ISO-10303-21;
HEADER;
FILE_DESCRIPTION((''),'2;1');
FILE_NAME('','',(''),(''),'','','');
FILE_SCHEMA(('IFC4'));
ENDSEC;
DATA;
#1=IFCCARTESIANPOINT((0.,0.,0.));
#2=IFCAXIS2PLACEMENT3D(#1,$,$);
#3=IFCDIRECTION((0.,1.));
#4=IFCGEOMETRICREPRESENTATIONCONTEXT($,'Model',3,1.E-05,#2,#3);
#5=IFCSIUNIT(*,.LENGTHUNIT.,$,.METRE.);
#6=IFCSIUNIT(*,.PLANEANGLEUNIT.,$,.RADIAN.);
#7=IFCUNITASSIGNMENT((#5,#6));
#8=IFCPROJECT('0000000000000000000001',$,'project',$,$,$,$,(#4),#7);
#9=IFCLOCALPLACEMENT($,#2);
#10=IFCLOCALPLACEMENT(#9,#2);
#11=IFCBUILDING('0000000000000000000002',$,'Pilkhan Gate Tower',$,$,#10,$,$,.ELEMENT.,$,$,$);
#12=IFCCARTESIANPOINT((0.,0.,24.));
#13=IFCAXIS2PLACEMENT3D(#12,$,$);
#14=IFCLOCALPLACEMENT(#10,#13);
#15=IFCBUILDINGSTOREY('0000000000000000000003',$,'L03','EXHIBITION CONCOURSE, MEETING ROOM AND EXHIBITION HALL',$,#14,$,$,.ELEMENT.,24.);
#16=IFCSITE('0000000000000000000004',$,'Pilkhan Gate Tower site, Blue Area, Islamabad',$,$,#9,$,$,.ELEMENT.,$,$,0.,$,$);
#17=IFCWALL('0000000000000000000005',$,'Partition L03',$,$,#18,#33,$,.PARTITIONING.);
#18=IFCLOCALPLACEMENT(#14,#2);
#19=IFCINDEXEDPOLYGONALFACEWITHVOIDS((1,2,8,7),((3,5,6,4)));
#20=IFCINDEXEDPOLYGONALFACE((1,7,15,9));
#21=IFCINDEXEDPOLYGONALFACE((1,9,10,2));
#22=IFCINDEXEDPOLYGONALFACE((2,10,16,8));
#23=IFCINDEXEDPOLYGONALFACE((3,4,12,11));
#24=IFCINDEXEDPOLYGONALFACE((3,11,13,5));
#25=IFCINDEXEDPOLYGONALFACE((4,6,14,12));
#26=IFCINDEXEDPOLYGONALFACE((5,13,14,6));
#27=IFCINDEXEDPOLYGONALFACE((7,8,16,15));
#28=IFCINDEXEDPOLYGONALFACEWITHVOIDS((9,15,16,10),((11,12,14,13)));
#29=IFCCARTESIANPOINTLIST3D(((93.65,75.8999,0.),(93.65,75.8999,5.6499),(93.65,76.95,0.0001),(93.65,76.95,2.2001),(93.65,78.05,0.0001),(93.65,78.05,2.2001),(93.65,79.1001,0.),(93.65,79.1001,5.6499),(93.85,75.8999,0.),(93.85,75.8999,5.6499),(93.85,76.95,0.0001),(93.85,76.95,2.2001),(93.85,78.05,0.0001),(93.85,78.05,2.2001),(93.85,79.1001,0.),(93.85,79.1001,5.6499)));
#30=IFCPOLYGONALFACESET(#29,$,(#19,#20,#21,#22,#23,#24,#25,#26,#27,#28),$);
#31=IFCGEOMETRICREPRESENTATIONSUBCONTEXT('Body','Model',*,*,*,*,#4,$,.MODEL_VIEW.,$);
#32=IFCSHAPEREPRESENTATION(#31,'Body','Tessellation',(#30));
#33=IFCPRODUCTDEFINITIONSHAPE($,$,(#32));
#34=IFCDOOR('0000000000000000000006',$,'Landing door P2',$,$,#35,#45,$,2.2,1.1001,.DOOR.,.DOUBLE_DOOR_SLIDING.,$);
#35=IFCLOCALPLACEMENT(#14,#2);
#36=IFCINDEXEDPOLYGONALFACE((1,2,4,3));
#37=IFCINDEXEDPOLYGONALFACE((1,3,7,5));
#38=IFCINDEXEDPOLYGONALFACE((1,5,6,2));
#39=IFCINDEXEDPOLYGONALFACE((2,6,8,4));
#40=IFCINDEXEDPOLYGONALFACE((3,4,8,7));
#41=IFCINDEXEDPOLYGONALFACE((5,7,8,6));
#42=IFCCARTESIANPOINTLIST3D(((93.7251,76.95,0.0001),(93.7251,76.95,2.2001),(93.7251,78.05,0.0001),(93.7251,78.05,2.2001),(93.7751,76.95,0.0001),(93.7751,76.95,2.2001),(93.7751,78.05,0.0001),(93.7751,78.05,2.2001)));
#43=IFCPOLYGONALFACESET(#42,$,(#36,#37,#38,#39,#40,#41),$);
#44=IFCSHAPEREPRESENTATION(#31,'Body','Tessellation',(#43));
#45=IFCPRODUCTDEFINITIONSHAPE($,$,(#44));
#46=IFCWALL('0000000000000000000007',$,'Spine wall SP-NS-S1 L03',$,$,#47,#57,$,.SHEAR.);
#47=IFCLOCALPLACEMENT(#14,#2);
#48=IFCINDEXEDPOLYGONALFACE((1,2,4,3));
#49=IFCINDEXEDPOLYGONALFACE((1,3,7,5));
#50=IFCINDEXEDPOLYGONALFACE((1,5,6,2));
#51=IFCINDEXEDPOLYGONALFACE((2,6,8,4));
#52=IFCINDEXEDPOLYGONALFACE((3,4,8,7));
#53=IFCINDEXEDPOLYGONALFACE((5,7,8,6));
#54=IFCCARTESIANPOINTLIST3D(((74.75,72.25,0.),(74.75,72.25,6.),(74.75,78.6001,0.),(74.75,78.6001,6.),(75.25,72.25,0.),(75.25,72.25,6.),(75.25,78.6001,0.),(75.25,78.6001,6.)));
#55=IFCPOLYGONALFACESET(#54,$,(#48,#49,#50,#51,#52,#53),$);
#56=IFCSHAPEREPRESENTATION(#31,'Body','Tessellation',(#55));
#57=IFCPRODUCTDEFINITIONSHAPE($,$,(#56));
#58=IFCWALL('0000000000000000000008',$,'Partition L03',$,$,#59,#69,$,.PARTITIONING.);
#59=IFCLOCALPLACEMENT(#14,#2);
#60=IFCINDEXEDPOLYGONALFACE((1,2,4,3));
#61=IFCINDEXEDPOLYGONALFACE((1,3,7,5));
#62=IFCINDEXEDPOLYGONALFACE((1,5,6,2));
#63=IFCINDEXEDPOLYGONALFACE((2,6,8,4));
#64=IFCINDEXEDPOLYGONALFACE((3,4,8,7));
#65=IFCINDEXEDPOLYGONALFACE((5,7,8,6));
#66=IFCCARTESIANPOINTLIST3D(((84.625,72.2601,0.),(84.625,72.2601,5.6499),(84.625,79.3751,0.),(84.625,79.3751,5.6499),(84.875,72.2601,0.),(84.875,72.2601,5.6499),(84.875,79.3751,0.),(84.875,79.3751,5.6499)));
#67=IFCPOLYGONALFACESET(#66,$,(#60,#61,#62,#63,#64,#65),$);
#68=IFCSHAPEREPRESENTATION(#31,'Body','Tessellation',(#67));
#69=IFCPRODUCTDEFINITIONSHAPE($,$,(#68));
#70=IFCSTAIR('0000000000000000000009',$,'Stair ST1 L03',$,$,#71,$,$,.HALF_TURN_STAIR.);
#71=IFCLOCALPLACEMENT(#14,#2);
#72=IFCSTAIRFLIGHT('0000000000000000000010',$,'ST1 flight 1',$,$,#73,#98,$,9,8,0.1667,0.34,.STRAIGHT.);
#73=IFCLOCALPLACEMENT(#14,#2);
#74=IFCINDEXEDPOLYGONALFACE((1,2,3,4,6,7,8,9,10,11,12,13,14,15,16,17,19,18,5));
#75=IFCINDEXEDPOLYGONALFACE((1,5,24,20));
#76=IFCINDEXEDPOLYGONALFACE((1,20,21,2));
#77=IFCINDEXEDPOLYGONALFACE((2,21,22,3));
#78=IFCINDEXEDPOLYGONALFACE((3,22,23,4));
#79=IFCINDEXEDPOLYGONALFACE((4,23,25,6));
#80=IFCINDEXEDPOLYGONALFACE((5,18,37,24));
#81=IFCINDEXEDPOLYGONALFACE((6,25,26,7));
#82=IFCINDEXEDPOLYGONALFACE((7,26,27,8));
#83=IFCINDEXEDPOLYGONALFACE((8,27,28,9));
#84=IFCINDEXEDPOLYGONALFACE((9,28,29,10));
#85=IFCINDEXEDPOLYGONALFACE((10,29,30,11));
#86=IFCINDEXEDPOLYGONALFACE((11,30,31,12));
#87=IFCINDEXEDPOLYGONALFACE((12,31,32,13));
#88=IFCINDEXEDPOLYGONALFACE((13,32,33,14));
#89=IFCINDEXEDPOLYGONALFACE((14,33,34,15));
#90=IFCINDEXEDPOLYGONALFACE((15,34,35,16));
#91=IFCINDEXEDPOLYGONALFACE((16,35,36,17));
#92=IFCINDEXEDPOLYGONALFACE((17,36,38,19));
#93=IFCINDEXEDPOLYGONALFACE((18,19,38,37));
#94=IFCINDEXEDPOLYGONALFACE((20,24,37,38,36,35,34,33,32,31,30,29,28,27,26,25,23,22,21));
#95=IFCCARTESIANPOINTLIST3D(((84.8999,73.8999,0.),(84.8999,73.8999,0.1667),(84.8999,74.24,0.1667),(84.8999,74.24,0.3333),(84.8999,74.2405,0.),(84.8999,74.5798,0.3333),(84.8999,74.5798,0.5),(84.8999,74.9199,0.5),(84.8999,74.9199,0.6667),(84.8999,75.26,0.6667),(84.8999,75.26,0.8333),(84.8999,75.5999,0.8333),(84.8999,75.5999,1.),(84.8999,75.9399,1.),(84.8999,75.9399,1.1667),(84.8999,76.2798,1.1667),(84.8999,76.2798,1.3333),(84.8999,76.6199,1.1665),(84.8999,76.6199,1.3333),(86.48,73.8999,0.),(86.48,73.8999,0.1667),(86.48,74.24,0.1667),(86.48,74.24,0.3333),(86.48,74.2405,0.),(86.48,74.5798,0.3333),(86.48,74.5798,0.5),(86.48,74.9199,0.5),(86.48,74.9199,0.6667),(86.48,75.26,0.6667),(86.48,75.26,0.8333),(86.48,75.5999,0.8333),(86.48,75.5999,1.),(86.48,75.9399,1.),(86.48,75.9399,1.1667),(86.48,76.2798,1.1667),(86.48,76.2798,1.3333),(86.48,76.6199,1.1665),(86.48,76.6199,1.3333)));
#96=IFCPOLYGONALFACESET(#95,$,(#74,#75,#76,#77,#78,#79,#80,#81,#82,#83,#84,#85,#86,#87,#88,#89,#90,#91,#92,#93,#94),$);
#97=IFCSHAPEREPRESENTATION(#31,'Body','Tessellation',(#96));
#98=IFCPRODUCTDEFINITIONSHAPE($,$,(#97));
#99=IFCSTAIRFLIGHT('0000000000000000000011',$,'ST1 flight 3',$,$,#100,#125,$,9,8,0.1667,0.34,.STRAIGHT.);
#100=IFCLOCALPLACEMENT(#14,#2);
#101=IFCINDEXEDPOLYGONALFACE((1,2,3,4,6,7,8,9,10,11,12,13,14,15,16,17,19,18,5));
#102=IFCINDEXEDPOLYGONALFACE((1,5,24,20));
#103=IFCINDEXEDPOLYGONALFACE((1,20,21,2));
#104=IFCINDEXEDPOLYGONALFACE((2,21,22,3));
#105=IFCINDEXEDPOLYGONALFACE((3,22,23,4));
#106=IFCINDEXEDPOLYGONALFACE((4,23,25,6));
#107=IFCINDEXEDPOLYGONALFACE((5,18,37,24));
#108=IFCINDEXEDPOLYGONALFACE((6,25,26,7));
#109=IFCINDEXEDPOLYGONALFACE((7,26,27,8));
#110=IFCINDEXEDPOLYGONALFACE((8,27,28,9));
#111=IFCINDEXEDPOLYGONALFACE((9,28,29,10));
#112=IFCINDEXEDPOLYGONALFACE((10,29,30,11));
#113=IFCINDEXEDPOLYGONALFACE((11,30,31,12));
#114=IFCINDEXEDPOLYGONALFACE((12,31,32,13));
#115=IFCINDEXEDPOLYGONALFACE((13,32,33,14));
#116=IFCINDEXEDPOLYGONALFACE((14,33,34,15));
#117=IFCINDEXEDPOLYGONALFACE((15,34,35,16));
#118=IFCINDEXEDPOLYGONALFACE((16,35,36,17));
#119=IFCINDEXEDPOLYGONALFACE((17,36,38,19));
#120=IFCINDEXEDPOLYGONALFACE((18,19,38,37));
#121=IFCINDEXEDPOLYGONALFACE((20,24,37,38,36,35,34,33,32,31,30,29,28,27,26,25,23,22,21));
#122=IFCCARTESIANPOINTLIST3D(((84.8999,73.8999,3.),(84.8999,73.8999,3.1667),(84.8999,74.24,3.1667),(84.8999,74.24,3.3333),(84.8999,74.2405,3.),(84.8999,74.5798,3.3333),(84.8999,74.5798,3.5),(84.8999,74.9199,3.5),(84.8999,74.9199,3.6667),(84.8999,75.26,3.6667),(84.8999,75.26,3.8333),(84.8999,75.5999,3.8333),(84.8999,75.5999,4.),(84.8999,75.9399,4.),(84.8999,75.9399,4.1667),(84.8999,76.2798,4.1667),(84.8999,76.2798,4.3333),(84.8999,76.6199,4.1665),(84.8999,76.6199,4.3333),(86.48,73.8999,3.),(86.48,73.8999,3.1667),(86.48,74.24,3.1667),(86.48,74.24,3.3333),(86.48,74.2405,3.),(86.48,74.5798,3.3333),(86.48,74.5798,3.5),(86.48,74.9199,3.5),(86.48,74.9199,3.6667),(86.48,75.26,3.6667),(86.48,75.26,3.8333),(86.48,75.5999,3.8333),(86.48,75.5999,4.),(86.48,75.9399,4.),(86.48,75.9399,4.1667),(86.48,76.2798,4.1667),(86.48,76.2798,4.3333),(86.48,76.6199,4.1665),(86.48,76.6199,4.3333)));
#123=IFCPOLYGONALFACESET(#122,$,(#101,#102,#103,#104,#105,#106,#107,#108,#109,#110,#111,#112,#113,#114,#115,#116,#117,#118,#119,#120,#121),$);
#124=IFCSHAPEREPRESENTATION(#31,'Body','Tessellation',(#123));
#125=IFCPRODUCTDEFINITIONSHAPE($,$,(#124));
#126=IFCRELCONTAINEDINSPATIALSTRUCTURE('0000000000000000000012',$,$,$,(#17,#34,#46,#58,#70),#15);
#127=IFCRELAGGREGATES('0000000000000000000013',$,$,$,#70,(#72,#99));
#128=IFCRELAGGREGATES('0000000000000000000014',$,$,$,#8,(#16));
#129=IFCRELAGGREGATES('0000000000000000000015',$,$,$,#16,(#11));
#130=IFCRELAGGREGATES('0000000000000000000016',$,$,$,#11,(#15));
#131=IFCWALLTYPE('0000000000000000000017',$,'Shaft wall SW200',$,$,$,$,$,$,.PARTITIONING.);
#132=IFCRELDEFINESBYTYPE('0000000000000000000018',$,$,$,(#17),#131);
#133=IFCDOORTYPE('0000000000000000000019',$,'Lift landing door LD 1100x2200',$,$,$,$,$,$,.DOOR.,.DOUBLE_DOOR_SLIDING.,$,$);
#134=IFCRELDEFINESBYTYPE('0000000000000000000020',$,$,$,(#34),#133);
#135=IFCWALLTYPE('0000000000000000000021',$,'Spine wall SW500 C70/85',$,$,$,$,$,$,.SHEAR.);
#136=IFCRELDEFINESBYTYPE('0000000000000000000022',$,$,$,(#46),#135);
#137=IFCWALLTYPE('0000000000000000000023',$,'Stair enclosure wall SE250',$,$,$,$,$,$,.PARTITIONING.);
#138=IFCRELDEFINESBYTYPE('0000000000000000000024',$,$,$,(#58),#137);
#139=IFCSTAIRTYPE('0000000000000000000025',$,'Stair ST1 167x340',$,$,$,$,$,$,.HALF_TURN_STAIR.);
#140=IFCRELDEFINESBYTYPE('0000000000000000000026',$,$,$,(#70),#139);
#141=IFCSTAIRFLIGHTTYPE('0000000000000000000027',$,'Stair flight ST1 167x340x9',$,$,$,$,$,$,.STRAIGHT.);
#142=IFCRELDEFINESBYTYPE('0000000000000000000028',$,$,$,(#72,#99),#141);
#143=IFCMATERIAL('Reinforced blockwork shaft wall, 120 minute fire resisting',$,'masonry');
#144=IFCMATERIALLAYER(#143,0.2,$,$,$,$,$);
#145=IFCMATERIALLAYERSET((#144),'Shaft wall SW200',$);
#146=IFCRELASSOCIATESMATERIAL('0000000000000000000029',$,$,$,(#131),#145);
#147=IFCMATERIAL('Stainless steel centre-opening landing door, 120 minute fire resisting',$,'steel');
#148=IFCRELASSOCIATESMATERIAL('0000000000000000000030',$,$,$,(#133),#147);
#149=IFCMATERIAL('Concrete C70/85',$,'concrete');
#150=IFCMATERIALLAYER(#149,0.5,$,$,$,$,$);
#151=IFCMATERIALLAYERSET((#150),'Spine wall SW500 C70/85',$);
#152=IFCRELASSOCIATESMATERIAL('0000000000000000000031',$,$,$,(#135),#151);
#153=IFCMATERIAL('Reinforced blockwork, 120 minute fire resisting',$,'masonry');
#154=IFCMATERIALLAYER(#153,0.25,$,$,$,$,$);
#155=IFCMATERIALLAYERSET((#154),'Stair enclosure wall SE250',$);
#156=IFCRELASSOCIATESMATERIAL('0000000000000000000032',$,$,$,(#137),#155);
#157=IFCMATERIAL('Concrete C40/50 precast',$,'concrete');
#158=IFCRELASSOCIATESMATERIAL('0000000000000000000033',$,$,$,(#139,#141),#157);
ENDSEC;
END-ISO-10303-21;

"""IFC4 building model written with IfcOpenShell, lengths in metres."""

from ifc_helpers import new_model, si_unit, direction, frame, frame_2d, origin, place, context, subcontext, project, spatial, polyline, rectangle, outline, extrude, material, layer, layer_set, type_object, element, fill, aggregate, save


model = new_model("IFC4")

# Units and contexts
model_context = context("Model", 3, precision=1e-05, world=origin(), true_north=direction((0.0, 1.0)))
body_context = subcontext(model_context, "Body", "Model", "MODEL_VIEW")
ifc_project = project(units=[si_unit("LENGTHUNIT", "METRE"), si_unit("PLANEANGLEUNIT", "RADIAN")], contexts=[model_context])

# Site, building, storey
site_placement = place(None, origin())
site = spatial("IfcSite", under=ifc_project, at=site_placement, Name="Pilkhan Gate Tower site, Blue Area, Islamabad", CompositionType="ELEMENT", RefElevation=0.0)
building_placement = place(site_placement, origin())
building = spatial("IfcBuilding", under=site, at=building_placement, Name="Pilkhan Gate Tower", CompositionType="ELEMENT")
storey_placement = place(building_placement, frame((0.0, 0.0, 24.0)))
storey = spatial("IfcBuildingStorey", under=building, at=storey_placement, Name="L03", Description="EXHIBITION CONCOURSE, MEETING ROOM AND EXHIBITION HALL", CompositionType="ELEMENT", Elevation=24.0)

# Shared definitions
ifc_material_1 = material(Name="Concrete C70/85", Category="concrete")

# Shared definitions
ifc_material_2 = material(Name="Reinforced blockwork shaft wall, 120 minute fire resisting", Category="masonry")
ifc_layer_1 = layer(ifc_material_2, 0.2)
ifc_layer_set_1 = layer_set([ifc_layer_1], Name="Shaft wall SW200")
wall_type_1 = type_object("IfcWallType", Name="Shaft wall SW200", PredefinedType="PARTITIONING", material=ifc_layer_set_1)

# Wall, opening, door
wall_1_placement = place(storey_placement, frame((93.75, 75.8999, 0.0), z_axis=(0.0, 0.0, 1.0), x_axis=(0.0, 1.0, 0.0)))
wall_1 = element("IfcWall", 1, at=wall_1_placement, inside=storey, type_object=wall_type_1, Name="Partition L03", PredefinedType="PARTITIONING", context=body_context, shape_type="SweptSolid", body=[
    extrude(rectangle(XDim=3.2002, YDim=0.2, at=frame_2d((1.6001, 0.0))), origin(), (0.0, 0.0, 1.0), 5.6499),
])
opening_1_placement = place(wall_1_placement, frame((1.05, 0.0, 0.0)))
opening_1 = element("IfcOpeningElement", 2, at=opening_1_placement, cuts=wall_1, PredefinedType="OPENING", context=body_context, shape_type="SweptSolid", body=[
    extrude(rectangle(XDim=1.1001, YDim=2.2, at=frame_2d((0.55, 1.1001))), frame((0.0, 0.1099, 0.0), z_axis=(0.0, -1.0, 0.0), x_axis=(1.0, 0.0, 0.0)), (0.0, 0.0, 1.0), 0.22),
])
ifc_material_3 = material(Name="Stainless steel centre-opening landing door, 120 minute fire resisting", Category="steel")
door_type_1 = type_object("IfcDoorType", Name="Lift landing door LD 1100x2200", OperationType="DOUBLE_DOOR_SLIDING", PredefinedType="DOOR", material=ifc_material_3)
door_1_placement = place(opening_1_placement, origin())
door_1 = element("IfcDoor", 3, at=door_1_placement, inside=storey, type_object=door_type_1, Name="Landing door P2", OperationType="DOUBLE_DOOR_SLIDING", OverallHeight=2.2, OverallWidth=1.1001, PredefinedType="DOOR", context=body_context, shape_type="SweptSolid", body=[
    extrude(rectangle(XDim=1.1001, YDim=2.2, at=frame_2d((0.55, 1.1001))), frame((0.0, 0.0249, 0.0), z_axis=(0.0, -1.0, 0.0), x_axis=(1.0, 0.0, 0.0)), (0.0, 0.0, 1.0), 0.05),
])
fill(opening_1, door_1)

# Walls
ifc_layer_2 = layer(ifc_material_1, 0.5)
ifc_layer_set_2 = layer_set([ifc_layer_2], Name="Spine wall SW500 C70/85")
wall_type_2 = type_object("IfcWallType", Name="Spine wall SW500 C70/85", PredefinedType="SHEAR", material=ifc_layer_set_2)
wall_2_placement = place(storey_placement, frame((75.0, 72.25, 0.0), z_axis=(0.0, 0.0, 1.0), x_axis=(0.0, 1.0, 0.0)))
element("IfcWall", 4, at=wall_2_placement, inside=storey, type_object=wall_type_2, Name="Spine wall SP-NS-S1 L03", PredefinedType="SHEAR", context=body_context, shape_type="SweptSolid", body=[
    extrude(rectangle(XDim=6.3501, YDim=0.5, at=frame_2d((3.175, 0.0))), origin(), (0.0, 0.0, 1.0), 6.0),
])
ifc_material_4 = material(Name="Reinforced blockwork, 120 minute fire resisting", Category="masonry")
ifc_layer_3 = layer(ifc_material_4, 0.25)
ifc_layer_set_3 = layer_set([ifc_layer_3], Name="Stair enclosure wall SE250")
wall_type_3 = type_object("IfcWallType", Name="Stair enclosure wall SE250", PredefinedType="PARTITIONING", material=ifc_layer_set_3)
wall_3_placement = place(storey_placement, frame((84.75, 72.26, 0.0), z_axis=(0.0, 0.0, 1.0), x_axis=(0.0, 1.0, 0.0)))
element("IfcWall", 5, at=wall_3_placement, inside=storey, type_object=wall_type_3, Name="Partition L03", PredefinedType="PARTITIONING", context=body_context, shape_type="SweptSolid", body=[
    extrude(rectangle(XDim=7.115, YDim=0.25, at=frame_2d((3.5576, 0.0))), origin(), (0.0, 0.0, 1.0), 5.6499),
])

# Stair, stair flights
ifc_material_5 = material(Name="Concrete C40/50 precast", Category="concrete")
stair_type = type_object("IfcStairType", Name="Stair ST1 167x340", PredefinedType="HALF_TURN_STAIR", material=ifc_material_5)
stair_placement = place(storey_placement, origin())
stair = element("IfcStair", 6, at=stair_placement, inside=storey, type_object=stair_type, Name="Stair ST1 L03", PredefinedType="HALF_TURN_STAIR")
stair_flight_type = type_object("IfcStairFlightType", Name="Stair flight ST1 167x340x9", PredefinedType="STRAIGHT", material=ifc_material_5)
stair_flight_1_placement = place(storey_placement, frame((85.6899, 73.8999, 0.0), z_axis=(0.0, 0.0, 1.0), x_axis=(0.0, 1.0, 0.0)))
stair_flight_1 = element("IfcStairFlight", 7, at=stair_flight_1_placement, type_object=stair_flight_type, Name="ST1 flight 1", NumberOfRisers=9, NumberOfTreads=8, PredefinedType="STRAIGHT", RiserHeight=0.1667, TreadLength=0.34, context=body_context, shape_type="SweptSolid", body=[
    extrude(outline(polyline([(0.0, 0.0), (0.0, 0.1667), (0.3401, 0.1667), (0.3401, 0.3333), (0.6799, 0.3333), (0.6799, 0.5), (1.02, 0.5), (1.02, 0.6667), (1.3601, 0.6667), (1.3601, 0.8333), (1.7, 0.8333), (1.7, 1.0), (2.04, 1.0), (2.04, 1.1667), (2.3799, 1.1667), (2.3799, 1.3333), (2.72, 1.3333), (2.72, 1.5), (2.72, 1.1665), (0.3406, 0.0), (0.0, 0.0)])), frame((0.0, 0.79, 0.0), z_axis=(0.0, -1.0, 0.0), x_axis=(1.0, 0.0, 0.0)), (0.0, 0.0, 1.0), 1.5801),
])
stair_flight_2_placement = place(storey_placement, frame((85.6899, 73.8999, 3.0), z_axis=(0.0, 0.0, 1.0), x_axis=(0.0, 1.0, 0.0)))
stair_flight_2 = element("IfcStairFlight", 8, at=stair_flight_2_placement, type_object=stair_flight_type, Name="ST1 flight 3", NumberOfRisers=9, NumberOfTreads=8, PredefinedType="STRAIGHT", RiserHeight=0.1667, TreadLength=0.34, context=body_context, shape_type="SweptSolid", body=[
    extrude(outline(polyline([(0.0, 0.0), (0.0, 0.1667), (0.3401, 0.1667), (0.3401, 0.3333), (0.6799, 0.3333), (0.6799, 0.5), (1.02, 0.5), (1.02, 0.6667), (1.3601, 0.6667), (1.3601, 0.8333), (1.7, 0.8333), (1.7, 1.0), (2.04, 1.0), (2.04, 1.1667), (2.3799, 1.1667), (2.3799, 1.3333), (2.72, 1.3333), (2.72, 1.5), (2.72, 1.1665), (0.3406, 0.0), (0.0, 0.0)])), frame((0.0, 0.79, 0.0), z_axis=(0.0, -1.0, 0.0), x_axis=(1.0, 0.0, 0.0)), (0.0, 0.0, 1.0), 1.5801),
])
aggregate(stair, [stair_flight_1, stair_flight_2])

save(model, "model.ifc")
